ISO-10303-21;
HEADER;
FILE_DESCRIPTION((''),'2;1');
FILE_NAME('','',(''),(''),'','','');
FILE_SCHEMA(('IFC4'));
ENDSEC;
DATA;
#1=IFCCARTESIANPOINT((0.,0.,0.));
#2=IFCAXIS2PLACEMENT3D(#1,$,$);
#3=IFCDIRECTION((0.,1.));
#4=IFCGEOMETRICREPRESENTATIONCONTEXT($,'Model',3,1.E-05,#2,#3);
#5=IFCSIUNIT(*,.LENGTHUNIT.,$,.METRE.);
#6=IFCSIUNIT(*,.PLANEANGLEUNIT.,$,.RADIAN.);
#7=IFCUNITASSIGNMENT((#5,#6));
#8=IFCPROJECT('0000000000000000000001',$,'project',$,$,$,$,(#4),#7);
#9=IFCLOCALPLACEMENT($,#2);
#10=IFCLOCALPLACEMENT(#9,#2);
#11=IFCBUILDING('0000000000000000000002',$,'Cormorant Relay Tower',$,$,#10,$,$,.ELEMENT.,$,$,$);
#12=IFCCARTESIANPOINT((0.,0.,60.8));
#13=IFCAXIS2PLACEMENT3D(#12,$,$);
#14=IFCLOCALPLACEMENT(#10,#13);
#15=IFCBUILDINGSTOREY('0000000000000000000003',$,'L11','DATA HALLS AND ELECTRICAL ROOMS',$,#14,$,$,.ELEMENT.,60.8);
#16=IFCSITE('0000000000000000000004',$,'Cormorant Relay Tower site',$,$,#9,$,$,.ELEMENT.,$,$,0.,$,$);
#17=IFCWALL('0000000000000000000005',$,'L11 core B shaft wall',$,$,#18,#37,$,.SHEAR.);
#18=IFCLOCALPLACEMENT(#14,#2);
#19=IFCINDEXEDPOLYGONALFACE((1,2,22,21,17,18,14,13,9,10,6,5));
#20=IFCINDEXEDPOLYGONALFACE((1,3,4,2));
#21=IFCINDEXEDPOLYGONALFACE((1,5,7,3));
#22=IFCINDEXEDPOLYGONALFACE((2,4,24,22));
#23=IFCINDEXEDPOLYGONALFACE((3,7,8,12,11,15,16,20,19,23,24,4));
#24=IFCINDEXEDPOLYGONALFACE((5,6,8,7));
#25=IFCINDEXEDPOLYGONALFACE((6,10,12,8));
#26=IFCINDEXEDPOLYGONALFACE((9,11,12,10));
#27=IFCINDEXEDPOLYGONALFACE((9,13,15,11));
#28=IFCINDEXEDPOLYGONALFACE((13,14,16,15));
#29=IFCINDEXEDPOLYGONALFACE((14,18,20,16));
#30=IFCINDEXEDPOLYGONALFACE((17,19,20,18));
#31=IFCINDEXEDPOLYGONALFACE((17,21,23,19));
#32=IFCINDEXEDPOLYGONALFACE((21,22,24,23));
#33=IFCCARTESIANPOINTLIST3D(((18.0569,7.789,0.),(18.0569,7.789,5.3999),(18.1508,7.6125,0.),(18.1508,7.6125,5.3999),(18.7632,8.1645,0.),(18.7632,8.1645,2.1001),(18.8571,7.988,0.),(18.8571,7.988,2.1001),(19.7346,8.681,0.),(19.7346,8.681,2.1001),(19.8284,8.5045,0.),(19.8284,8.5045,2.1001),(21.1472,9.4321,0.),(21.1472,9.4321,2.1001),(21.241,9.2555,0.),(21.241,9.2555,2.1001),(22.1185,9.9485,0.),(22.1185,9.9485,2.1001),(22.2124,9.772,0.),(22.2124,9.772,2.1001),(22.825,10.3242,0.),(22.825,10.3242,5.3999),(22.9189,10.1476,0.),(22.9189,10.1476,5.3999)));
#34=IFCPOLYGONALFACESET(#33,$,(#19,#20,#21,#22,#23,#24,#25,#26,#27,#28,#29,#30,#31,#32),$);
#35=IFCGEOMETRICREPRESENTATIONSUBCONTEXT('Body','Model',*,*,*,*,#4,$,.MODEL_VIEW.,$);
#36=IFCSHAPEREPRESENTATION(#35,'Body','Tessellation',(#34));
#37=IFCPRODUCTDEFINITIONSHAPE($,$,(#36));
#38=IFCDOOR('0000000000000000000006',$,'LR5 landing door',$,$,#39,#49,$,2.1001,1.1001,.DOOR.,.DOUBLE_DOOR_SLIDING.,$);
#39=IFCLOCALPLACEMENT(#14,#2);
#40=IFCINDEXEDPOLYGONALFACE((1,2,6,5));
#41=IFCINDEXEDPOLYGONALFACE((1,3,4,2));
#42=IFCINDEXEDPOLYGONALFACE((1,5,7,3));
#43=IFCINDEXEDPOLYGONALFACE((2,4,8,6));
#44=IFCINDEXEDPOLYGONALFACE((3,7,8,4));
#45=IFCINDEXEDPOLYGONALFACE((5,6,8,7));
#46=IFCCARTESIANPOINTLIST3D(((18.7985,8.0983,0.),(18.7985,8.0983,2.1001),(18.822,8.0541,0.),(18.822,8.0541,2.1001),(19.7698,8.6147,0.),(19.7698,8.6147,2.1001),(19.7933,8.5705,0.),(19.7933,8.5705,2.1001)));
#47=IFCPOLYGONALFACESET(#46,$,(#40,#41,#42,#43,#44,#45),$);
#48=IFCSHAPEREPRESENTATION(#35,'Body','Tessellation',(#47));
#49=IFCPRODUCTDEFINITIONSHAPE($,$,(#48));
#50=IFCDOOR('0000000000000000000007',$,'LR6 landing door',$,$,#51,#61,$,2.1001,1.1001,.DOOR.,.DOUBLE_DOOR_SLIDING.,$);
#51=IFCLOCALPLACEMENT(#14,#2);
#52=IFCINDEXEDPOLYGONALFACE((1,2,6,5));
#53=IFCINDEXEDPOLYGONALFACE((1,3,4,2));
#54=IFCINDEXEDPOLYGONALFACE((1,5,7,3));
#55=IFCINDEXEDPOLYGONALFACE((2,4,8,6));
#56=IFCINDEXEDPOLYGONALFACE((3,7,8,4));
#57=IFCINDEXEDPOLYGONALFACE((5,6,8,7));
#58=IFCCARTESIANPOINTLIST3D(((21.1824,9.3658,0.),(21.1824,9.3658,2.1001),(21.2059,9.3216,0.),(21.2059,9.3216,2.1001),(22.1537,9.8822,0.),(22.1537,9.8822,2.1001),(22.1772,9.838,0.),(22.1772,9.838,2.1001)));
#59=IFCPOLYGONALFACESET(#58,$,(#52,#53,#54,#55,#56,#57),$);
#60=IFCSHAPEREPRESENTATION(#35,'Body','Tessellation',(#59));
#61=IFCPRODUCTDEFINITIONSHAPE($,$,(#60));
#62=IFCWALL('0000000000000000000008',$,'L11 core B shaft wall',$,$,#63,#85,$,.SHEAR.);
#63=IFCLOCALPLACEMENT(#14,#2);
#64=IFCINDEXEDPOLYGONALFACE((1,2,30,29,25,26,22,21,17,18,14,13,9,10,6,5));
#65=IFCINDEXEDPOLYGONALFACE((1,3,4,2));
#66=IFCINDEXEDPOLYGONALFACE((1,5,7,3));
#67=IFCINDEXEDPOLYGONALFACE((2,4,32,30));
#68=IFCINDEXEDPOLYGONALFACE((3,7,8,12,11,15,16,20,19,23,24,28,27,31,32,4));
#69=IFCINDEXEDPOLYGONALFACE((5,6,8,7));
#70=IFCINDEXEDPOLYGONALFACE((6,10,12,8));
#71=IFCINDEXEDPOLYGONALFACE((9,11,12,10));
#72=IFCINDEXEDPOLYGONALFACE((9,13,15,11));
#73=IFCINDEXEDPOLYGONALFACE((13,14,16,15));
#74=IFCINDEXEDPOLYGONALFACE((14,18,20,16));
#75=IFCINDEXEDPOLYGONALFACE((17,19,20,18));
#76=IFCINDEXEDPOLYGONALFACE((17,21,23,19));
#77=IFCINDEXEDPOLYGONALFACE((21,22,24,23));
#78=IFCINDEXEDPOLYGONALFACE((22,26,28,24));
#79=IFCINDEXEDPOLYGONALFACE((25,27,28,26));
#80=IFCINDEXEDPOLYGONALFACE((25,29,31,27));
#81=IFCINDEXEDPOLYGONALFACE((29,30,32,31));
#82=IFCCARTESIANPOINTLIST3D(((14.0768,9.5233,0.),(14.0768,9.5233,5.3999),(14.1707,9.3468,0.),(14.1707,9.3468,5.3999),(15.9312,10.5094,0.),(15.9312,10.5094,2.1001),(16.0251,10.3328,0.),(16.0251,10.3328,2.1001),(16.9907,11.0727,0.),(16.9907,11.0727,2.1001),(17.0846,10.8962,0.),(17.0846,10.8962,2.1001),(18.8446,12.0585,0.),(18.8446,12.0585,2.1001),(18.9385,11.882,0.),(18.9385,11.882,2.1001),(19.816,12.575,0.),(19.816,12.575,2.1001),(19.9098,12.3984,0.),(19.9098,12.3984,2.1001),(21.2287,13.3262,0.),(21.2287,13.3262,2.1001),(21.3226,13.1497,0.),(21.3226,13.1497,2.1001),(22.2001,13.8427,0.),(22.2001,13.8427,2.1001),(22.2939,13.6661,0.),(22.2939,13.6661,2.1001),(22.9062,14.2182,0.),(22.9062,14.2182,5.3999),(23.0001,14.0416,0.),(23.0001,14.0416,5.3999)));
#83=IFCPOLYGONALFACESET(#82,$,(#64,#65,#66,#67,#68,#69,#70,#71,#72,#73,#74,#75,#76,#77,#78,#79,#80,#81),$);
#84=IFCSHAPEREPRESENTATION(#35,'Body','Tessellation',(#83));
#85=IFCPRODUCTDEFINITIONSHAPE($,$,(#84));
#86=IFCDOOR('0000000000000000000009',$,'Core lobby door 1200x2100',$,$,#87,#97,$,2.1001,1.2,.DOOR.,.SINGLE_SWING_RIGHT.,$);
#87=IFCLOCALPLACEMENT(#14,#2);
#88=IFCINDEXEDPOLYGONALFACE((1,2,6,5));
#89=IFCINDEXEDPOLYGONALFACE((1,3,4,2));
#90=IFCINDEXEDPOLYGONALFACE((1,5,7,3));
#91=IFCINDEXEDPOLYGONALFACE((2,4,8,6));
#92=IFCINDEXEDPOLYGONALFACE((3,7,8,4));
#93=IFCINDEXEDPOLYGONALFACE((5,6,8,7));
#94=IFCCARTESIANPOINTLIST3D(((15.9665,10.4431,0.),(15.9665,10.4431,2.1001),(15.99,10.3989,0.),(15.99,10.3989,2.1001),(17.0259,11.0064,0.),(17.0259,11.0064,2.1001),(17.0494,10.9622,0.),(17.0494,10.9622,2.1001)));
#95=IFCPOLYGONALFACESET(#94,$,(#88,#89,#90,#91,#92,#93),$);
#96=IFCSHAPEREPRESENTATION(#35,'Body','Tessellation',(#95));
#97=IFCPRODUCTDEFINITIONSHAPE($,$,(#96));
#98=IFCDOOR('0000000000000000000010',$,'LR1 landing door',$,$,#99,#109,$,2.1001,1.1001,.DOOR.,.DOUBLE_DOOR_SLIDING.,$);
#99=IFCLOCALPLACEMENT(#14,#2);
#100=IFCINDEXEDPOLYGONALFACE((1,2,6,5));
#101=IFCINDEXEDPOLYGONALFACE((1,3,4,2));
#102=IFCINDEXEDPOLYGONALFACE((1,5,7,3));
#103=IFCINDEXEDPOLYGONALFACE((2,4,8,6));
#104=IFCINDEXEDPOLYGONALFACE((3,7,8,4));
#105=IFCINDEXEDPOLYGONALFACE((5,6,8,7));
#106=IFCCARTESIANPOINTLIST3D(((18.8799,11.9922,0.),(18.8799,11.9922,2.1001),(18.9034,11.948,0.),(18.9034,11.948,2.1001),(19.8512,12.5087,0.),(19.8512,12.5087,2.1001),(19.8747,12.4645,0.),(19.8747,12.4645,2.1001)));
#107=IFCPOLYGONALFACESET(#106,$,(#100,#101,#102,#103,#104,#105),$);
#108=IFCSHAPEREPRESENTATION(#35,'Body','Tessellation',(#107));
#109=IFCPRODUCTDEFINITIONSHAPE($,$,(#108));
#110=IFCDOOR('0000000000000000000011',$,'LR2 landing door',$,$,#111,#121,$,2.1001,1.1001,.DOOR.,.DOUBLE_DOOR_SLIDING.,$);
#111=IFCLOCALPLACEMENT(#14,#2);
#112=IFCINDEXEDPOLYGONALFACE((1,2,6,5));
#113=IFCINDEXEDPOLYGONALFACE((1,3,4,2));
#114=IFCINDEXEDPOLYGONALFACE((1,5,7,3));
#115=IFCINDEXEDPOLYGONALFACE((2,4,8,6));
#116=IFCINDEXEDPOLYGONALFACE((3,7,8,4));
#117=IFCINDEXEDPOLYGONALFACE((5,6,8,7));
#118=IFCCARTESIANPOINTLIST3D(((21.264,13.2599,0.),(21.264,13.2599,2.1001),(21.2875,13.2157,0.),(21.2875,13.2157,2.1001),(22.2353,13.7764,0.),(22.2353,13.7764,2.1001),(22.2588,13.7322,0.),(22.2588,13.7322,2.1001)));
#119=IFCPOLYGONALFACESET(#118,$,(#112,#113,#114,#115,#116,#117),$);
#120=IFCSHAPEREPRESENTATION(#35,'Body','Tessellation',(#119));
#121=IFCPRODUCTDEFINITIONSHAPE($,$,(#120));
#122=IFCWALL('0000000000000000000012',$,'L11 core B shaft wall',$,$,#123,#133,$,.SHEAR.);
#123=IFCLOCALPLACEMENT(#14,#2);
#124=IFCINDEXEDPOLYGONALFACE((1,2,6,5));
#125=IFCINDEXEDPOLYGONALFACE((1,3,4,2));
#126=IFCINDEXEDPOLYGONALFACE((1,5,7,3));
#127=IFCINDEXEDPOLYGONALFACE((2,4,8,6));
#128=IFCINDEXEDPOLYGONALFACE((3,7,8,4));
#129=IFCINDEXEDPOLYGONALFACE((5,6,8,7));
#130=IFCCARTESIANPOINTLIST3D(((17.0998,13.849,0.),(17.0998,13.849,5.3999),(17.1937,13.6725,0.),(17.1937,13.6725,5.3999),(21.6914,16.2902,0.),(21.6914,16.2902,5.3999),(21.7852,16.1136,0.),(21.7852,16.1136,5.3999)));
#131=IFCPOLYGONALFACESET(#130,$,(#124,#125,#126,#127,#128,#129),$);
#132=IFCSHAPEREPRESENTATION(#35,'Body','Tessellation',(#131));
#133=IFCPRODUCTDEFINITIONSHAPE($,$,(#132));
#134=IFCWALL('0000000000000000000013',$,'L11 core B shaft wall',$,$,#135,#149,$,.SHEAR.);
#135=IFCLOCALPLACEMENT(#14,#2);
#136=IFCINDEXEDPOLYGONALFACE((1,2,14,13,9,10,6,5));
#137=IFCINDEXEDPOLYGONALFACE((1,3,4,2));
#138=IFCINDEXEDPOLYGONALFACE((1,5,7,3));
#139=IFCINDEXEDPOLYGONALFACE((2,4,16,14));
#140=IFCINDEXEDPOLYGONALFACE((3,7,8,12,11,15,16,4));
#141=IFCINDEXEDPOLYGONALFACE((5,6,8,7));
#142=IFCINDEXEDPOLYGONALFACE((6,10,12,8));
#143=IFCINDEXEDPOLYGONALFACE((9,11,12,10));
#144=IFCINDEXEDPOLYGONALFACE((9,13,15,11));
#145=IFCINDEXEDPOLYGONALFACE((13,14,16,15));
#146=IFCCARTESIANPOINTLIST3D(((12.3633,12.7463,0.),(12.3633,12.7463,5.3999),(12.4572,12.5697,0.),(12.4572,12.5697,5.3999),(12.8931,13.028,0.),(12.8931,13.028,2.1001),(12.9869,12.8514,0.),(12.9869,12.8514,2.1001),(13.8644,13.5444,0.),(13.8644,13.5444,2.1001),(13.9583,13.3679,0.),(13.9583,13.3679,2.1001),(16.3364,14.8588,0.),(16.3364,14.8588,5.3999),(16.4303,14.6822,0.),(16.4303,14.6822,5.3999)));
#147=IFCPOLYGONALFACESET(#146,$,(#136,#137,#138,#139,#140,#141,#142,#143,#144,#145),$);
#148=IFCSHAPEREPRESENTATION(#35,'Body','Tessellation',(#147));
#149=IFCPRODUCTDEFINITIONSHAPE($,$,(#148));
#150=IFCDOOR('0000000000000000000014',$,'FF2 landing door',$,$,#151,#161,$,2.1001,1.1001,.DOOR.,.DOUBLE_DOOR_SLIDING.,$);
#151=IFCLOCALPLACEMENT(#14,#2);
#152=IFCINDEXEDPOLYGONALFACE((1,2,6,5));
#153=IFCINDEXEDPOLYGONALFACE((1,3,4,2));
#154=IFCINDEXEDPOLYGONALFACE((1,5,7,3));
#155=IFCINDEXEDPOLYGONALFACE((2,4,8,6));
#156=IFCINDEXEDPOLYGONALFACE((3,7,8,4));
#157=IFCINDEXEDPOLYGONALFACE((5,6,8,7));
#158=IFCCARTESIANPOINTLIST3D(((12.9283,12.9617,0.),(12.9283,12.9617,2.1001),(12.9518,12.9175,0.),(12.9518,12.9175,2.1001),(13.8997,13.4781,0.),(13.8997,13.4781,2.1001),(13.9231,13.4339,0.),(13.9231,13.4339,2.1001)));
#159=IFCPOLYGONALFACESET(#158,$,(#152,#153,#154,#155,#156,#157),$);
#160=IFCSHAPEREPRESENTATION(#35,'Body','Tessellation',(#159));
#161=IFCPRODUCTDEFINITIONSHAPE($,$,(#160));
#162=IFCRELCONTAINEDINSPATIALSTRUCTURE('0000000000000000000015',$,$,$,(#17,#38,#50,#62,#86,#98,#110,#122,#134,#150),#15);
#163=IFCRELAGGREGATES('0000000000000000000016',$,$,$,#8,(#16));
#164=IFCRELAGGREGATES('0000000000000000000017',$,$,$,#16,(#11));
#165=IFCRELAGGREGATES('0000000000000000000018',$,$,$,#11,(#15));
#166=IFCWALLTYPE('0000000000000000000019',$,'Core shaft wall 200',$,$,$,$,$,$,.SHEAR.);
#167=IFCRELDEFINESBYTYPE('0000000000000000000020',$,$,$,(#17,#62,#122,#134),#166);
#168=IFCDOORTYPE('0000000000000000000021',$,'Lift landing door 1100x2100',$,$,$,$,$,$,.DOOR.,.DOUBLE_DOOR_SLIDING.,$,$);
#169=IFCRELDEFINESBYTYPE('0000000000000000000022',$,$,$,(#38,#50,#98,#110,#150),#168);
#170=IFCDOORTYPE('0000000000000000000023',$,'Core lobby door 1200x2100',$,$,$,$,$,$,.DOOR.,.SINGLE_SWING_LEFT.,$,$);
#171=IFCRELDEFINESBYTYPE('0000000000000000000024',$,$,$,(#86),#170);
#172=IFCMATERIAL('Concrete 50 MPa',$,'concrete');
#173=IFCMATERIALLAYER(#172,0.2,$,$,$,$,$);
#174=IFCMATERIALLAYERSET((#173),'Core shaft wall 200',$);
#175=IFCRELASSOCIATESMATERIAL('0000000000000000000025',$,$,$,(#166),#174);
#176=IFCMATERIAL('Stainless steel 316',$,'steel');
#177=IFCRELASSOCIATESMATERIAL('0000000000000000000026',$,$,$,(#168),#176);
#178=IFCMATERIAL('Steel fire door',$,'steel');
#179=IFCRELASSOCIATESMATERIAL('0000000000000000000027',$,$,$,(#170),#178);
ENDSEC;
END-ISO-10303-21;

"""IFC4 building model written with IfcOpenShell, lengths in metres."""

from ifc_helpers import new_model, si_unit, direction, frame, frame_2d, origin, place, context, subcontext, project, spatial, rectangle, extrude, material, layer, layer_set, type_object, element, fill, save


model = new_model("IFC4")

# Units and contexts
model_context = context("Model", 3, precision=1e-05, world=origin(), true_north=direction((0.0, 1.0)))
body_context = subcontext(model_context, "Body", "Model", "MODEL_VIEW")
ifc_project = project(units=[si_unit("LENGTHUNIT", "METRE"), si_unit("PLANEANGLEUNIT", "RADIAN")], contexts=[model_context])

# Site, building, storey
site_placement = place(None, origin())
site = spatial("IfcSite", under=ifc_project, at=site_placement, Name="Cormorant Relay Tower site", CompositionType="ELEMENT", RefElevation=0.0)
building_placement = place(site_placement, origin())
building = spatial("IfcBuilding", under=site, at=building_placement, Name="Cormorant Relay Tower", CompositionType="ELEMENT")
storey_placement = place(building_placement, frame((0.0, 0.0, 60.8)))
storey = spatial("IfcBuildingStorey", under=building, at=storey_placement, Name="L11", Description="DATA HALLS AND ELECTRICAL ROOMS", CompositionType="ELEMENT", Elevation=60.8)

# Shared definitions
ifc_material_1 = material(Name="Concrete 50 MPa", Category="concrete")
ifc_layer_1 = layer(ifc_material_1, 0.2)
ifc_layer_set_1 = layer_set([ifc_layer_1], Name="Core shaft wall 200")
wall_type_1 = type_object("IfcWallType", Name="Core shaft wall 200", PredefinedType="SHEAR", material=ifc_layer_set_1)

# Walls, openings, doors
wall_1_placement = place(storey_placement, frame((18.1038, 7.7007, 0.0), z_axis=(0.0, 0.0, 1.0), x_axis=(0.882953, 0.469462, 0.0)))
wall_1 = element("IfcWall", 1, at=wall_1_placement, inside=storey, type_object=wall_type_1, Name="L11 core B shaft wall", PredefinedType="SHEAR", context=body_context, shape_type="SweptSolid", body=[
    extrude(rectangle(XDim=5.4001, YDim=0.2, at=frame_2d((2.7002, 0.0))), origin(), (0.0, 0.0, 1.0), 5.3999),
])
opening_1_placement = place(wall_1_placement, frame((0.8, 0.0, 0.0)))
opening_1 = element("IfcOpeningElement", 2, at=opening_1_placement, cuts=wall_1, PredefinedType="OPENING", context=body_context, shape_type="SweptSolid", body=[
    extrude(rectangle(XDim=1.1001, YDim=2.1001, at=frame_2d((0.55, 1.05))), frame((0.0, 0.1099, 0.0), z_axis=(0.0, -1.0, 0.0), x_axis=(1.0, 0.0, 0.0)), (0.0, 0.0, 1.0), 0.22),
])
opening_2_placement = place(wall_1_placement, frame((3.5, 0.0, 0.0)))
opening_2 = element("IfcOpeningElement", 3, at=opening_2_placement, cuts=wall_1, PredefinedType="OPENING", context=body_context, shape_type="SweptSolid", body=[
    extrude(rectangle(XDim=1.1001, YDim=2.1001, at=frame_2d((0.55, 1.05))), frame((0.0, 0.1099, 0.0), z_axis=(0.0, -1.0, 0.0), x_axis=(1.0, 0.0, 0.0)), (0.0, 0.0, 1.0), 0.22),
])
ifc_material_2 = material(Name="Stainless steel 316", Category="steel")
door_type_1 = type_object("IfcDoorType", Name="Lift landing door 1100x2100", OperationType="DOUBLE_DOOR_SLIDING", PredefinedType="DOOR", material=ifc_material_2)
door_1_placement = place(opening_1_placement, origin())
door_1 = element("IfcDoor", 4, at=door_1_placement, inside=storey, type_object=door_type_1, Name="LR5 landing door", OperationType="DOUBLE_DOOR_SLIDING", OverallHeight=2.1001, OverallWidth=1.1001, PredefinedType="DOOR", context=body_context, shape_type="SweptSolid", body=[
    extrude(rectangle(XDim=1.1001, YDim=2.1001, at=frame_2d((0.55, 1.05))), frame((0.0, 0.0249, 0.0), z_axis=(0.0, -1.0, 0.0), x_axis=(1.0, 0.0, 0.0)), (0.0, 0.0, 1.0), 0.05),
])
fill(opening_1, door_1)
door_2_placement = place(opening_2_placement, origin())
door_2 = element("IfcDoor", 5, at=door_2_placement, inside=storey, type_object=door_type_1, Name="LR6 landing door", OperationType="DOUBLE_DOOR_SLIDING", OverallHeight=2.1001, OverallWidth=1.1001, PredefinedType="DOOR", context=body_context, shape_type="SweptSolid", body=[
    extrude(rectangle(XDim=1.1001, YDim=2.1001, at=frame_2d((0.55, 1.05))), frame((0.0, 0.0249, 0.0), z_axis=(0.0, -1.0, 0.0), x_axis=(1.0, 0.0, 0.0)), (0.0, 0.0, 1.0), 0.05),
])
fill(opening_2, door_2)
wall_2_placement = place(storey_placement, frame((14.1238, 9.4351, 0.0), z_axis=(0.0, 0.0, 1.0), x_axis=(0.88294, 0.469485, 0.0)))
wall_2 = element("IfcWall", 6, at=wall_2_placement, inside=storey, type_object=wall_type_1, Name="L11 core B shaft wall", PredefinedType="SHEAR", context=body_context, shape_type="SweptSolid", body=[
    extrude(rectangle(XDim=10.0, YDim=0.2, at=frame_2d((5.0, 0.0))), origin(), (0.0, 0.0, 1.0), 5.3999),
])
opening_3_placement = place(wall_2_placement, frame((2.1001, 0.0, 0.0)))
opening_3 = element("IfcOpeningElement", 7, at=opening_3_placement, cuts=wall_2, PredefinedType="OPENING", context=body_context, shape_type="SweptSolid", body=[
    extrude(rectangle(XDim=1.2, YDim=2.1001, at=frame_2d((0.6001, 1.05))), frame((0.0, 0.1099, 0.0), z_axis=(0.0, -1.0, 0.0), x_axis=(1.0, 0.0, 0.0)), (0.0, 0.0, 1.0), 0.22),
])
opening_4_placement = place(wall_2_placement, frame((5.3999, 0.0, 0.0)))
opening_4 = element("IfcOpeningElement", 8, at=opening_4_placement, cuts=wall_2, PredefinedType="OPENING", context=body_context, shape_type="SweptSolid", body=[
    extrude(rectangle(XDim=1.1001, YDim=2.1001, at=frame_2d((0.55, 1.05))), frame((0.0, 0.1099, 0.0), z_axis=(0.0, -1.0, 0.0), x_axis=(1.0, 0.0, 0.0)), (0.0, 0.0, 1.0), 0.22),
])
opening_5_placement = place(wall_2_placement, frame((8.1001, 0.0, 0.0)))
opening_5 = element("IfcOpeningElement", 9, at=opening_5_placement, cuts=wall_2, PredefinedType="OPENING", context=body_context, shape_type="SweptSolid", body=[
    extrude(rectangle(XDim=1.1001, YDim=2.1001, at=frame_2d((0.55, 1.05))), frame((0.0, 0.1099, 0.0), z_axis=(0.0, -1.0, 0.0), x_axis=(1.0, 0.0, 0.0)), (0.0, 0.0, 1.0), 0.22),
])
ifc_material_3 = material(Name="Steel fire door", Category="steel")
door_type_2 = type_object("IfcDoorType", Name="Core lobby door 1200x2100", OperationType="SINGLE_SWING_LEFT", PredefinedType="DOOR", material=ifc_material_3)
door_3_placement = place(opening_3_placement, origin())
door_3 = element("IfcDoor", 10, at=door_3_placement, inside=storey, type_object=door_type_2, Name="Core lobby door 1200x2100", OperationType="SINGLE_SWING_RIGHT", OverallHeight=2.1001, OverallWidth=1.2, PredefinedType="DOOR", context=body_context, shape_type="SweptSolid", body=[
    extrude(rectangle(XDim=1.2, YDim=2.1001, at=frame_2d((0.6001, 1.05))), frame((0.0, 0.0249, 0.0), z_axis=(0.0, -1.0, 0.0), x_axis=(1.0, 0.0, 0.0)), (0.0, 0.0, 1.0), 0.05),
])
fill(opening_3, door_3)
door_4_placement = place(opening_4_placement, origin())
door_4 = element("IfcDoor", 11, at=door_4_placement, inside=storey, type_object=door_type_1, Name="LR1 landing door", OperationType="DOUBLE_DOOR_SLIDING", OverallHeight=2.1001, OverallWidth=1.1001, PredefinedType="DOOR", context=body_context, shape_type="SweptSolid", body=[
    extrude(rectangle(XDim=1.1001, YDim=2.1001, at=frame_2d((0.55, 1.05))), frame((0.0, 0.0249, 0.0), z_axis=(0.0, -1.0, 0.0), x_axis=(1.0, 0.0, 0.0)), (0.0, 0.0, 1.0), 0.05),
])
fill(opening_4, door_4)
door_5_placement = place(opening_5_placement, origin())
door_5 = element("IfcDoor", 12, at=door_5_placement, inside=storey, type_object=door_type_1, Name="LR2 landing door", OperationType="DOUBLE_DOOR_SLIDING", OverallHeight=2.1001, OverallWidth=1.1001, PredefinedType="DOOR", context=body_context, shape_type="SweptSolid", body=[
    extrude(rectangle(XDim=1.1001, YDim=2.1001, at=frame_2d((0.55, 1.05))), frame((0.0, 0.0249, 0.0), z_axis=(0.0, -1.0, 0.0), x_axis=(1.0, 0.0, 0.0)), (0.0, 0.0, 1.0), 0.05),
])
fill(opening_5, door_5)

# Wall
wall_3_placement = place(storey_placement, frame((17.1467, 13.7607, 0.0), z_axis=(0.0, 0.0, 1.0), x_axis=(0.882964, 0.46944, 0.0)))
element("IfcWall", 13, at=wall_3_placement, inside=storey, type_object=wall_type_1, Name="L11 core B shaft wall", PredefinedType="SHEAR", context=body_context, shape_type="SweptSolid", body=[
    extrude(rectangle(XDim=5.2002, YDim=0.2, at=frame_2d((2.6001, 0.0))), origin(), (0.0, 0.0, 1.0), 5.3999),
])

# Wall, opening, door
wall_4_placement = place(storey_placement, frame((12.4102, 12.658, 0.0), z_axis=(0.0, 0.0, 1.0), x_axis=(0.882948, 0.46947, 0.0)))
wall_4 = element("IfcWall", 14, at=wall_4_placement, inside=storey, type_object=wall_type_1, Name="L11 core B shaft wall", PredefinedType="SHEAR", context=body_context, shape_type="SweptSolid", body=[
    extrude(rectangle(XDim=4.4998, YDim=0.2, at=frame_2d((2.25, 0.0))), origin(), (0.0, 0.0, 1.0), 5.3999),
])
opening_6_placement = place(wall_4_placement, frame((0.6001, 0.0, 0.0)))
opening_6 = element("IfcOpeningElement", 15, at=opening_6_placement, cuts=wall_4, PredefinedType="OPENING", context=body_context, shape_type="SweptSolid", body=[
    extrude(rectangle(XDim=1.1001, YDim=2.1001, at=frame_2d((0.55, 1.05))), frame((0.0, 0.1099, 0.0), z_axis=(0.0, -1.0, 0.0), x_axis=(1.0, 0.0, 0.0)), (0.0, 0.0, 1.0), 0.22),
])
door_6_placement = place(opening_6_placement, origin())
door_6 = element("IfcDoor", 16, at=door_6_placement, inside=storey, type_object=door_type_1, Name="FF2 landing door", OperationType="DOUBLE_DOOR_SLIDING", OverallHeight=2.1001, OverallWidth=1.1001, PredefinedType="DOOR", context=body_context, shape_type="SweptSolid", body=[
    extrude(rectangle(XDim=1.1001, YDim=2.1001, at=frame_2d((0.55, 1.05))), frame((0.0, 0.0249, 0.0), z_axis=(0.0, -1.0, 0.0), x_axis=(1.0, 0.0, 0.0)), (0.0, 0.0, 1.0), 0.05),
])
fill(opening_6, door_6)

save(model, "model.ifc")
